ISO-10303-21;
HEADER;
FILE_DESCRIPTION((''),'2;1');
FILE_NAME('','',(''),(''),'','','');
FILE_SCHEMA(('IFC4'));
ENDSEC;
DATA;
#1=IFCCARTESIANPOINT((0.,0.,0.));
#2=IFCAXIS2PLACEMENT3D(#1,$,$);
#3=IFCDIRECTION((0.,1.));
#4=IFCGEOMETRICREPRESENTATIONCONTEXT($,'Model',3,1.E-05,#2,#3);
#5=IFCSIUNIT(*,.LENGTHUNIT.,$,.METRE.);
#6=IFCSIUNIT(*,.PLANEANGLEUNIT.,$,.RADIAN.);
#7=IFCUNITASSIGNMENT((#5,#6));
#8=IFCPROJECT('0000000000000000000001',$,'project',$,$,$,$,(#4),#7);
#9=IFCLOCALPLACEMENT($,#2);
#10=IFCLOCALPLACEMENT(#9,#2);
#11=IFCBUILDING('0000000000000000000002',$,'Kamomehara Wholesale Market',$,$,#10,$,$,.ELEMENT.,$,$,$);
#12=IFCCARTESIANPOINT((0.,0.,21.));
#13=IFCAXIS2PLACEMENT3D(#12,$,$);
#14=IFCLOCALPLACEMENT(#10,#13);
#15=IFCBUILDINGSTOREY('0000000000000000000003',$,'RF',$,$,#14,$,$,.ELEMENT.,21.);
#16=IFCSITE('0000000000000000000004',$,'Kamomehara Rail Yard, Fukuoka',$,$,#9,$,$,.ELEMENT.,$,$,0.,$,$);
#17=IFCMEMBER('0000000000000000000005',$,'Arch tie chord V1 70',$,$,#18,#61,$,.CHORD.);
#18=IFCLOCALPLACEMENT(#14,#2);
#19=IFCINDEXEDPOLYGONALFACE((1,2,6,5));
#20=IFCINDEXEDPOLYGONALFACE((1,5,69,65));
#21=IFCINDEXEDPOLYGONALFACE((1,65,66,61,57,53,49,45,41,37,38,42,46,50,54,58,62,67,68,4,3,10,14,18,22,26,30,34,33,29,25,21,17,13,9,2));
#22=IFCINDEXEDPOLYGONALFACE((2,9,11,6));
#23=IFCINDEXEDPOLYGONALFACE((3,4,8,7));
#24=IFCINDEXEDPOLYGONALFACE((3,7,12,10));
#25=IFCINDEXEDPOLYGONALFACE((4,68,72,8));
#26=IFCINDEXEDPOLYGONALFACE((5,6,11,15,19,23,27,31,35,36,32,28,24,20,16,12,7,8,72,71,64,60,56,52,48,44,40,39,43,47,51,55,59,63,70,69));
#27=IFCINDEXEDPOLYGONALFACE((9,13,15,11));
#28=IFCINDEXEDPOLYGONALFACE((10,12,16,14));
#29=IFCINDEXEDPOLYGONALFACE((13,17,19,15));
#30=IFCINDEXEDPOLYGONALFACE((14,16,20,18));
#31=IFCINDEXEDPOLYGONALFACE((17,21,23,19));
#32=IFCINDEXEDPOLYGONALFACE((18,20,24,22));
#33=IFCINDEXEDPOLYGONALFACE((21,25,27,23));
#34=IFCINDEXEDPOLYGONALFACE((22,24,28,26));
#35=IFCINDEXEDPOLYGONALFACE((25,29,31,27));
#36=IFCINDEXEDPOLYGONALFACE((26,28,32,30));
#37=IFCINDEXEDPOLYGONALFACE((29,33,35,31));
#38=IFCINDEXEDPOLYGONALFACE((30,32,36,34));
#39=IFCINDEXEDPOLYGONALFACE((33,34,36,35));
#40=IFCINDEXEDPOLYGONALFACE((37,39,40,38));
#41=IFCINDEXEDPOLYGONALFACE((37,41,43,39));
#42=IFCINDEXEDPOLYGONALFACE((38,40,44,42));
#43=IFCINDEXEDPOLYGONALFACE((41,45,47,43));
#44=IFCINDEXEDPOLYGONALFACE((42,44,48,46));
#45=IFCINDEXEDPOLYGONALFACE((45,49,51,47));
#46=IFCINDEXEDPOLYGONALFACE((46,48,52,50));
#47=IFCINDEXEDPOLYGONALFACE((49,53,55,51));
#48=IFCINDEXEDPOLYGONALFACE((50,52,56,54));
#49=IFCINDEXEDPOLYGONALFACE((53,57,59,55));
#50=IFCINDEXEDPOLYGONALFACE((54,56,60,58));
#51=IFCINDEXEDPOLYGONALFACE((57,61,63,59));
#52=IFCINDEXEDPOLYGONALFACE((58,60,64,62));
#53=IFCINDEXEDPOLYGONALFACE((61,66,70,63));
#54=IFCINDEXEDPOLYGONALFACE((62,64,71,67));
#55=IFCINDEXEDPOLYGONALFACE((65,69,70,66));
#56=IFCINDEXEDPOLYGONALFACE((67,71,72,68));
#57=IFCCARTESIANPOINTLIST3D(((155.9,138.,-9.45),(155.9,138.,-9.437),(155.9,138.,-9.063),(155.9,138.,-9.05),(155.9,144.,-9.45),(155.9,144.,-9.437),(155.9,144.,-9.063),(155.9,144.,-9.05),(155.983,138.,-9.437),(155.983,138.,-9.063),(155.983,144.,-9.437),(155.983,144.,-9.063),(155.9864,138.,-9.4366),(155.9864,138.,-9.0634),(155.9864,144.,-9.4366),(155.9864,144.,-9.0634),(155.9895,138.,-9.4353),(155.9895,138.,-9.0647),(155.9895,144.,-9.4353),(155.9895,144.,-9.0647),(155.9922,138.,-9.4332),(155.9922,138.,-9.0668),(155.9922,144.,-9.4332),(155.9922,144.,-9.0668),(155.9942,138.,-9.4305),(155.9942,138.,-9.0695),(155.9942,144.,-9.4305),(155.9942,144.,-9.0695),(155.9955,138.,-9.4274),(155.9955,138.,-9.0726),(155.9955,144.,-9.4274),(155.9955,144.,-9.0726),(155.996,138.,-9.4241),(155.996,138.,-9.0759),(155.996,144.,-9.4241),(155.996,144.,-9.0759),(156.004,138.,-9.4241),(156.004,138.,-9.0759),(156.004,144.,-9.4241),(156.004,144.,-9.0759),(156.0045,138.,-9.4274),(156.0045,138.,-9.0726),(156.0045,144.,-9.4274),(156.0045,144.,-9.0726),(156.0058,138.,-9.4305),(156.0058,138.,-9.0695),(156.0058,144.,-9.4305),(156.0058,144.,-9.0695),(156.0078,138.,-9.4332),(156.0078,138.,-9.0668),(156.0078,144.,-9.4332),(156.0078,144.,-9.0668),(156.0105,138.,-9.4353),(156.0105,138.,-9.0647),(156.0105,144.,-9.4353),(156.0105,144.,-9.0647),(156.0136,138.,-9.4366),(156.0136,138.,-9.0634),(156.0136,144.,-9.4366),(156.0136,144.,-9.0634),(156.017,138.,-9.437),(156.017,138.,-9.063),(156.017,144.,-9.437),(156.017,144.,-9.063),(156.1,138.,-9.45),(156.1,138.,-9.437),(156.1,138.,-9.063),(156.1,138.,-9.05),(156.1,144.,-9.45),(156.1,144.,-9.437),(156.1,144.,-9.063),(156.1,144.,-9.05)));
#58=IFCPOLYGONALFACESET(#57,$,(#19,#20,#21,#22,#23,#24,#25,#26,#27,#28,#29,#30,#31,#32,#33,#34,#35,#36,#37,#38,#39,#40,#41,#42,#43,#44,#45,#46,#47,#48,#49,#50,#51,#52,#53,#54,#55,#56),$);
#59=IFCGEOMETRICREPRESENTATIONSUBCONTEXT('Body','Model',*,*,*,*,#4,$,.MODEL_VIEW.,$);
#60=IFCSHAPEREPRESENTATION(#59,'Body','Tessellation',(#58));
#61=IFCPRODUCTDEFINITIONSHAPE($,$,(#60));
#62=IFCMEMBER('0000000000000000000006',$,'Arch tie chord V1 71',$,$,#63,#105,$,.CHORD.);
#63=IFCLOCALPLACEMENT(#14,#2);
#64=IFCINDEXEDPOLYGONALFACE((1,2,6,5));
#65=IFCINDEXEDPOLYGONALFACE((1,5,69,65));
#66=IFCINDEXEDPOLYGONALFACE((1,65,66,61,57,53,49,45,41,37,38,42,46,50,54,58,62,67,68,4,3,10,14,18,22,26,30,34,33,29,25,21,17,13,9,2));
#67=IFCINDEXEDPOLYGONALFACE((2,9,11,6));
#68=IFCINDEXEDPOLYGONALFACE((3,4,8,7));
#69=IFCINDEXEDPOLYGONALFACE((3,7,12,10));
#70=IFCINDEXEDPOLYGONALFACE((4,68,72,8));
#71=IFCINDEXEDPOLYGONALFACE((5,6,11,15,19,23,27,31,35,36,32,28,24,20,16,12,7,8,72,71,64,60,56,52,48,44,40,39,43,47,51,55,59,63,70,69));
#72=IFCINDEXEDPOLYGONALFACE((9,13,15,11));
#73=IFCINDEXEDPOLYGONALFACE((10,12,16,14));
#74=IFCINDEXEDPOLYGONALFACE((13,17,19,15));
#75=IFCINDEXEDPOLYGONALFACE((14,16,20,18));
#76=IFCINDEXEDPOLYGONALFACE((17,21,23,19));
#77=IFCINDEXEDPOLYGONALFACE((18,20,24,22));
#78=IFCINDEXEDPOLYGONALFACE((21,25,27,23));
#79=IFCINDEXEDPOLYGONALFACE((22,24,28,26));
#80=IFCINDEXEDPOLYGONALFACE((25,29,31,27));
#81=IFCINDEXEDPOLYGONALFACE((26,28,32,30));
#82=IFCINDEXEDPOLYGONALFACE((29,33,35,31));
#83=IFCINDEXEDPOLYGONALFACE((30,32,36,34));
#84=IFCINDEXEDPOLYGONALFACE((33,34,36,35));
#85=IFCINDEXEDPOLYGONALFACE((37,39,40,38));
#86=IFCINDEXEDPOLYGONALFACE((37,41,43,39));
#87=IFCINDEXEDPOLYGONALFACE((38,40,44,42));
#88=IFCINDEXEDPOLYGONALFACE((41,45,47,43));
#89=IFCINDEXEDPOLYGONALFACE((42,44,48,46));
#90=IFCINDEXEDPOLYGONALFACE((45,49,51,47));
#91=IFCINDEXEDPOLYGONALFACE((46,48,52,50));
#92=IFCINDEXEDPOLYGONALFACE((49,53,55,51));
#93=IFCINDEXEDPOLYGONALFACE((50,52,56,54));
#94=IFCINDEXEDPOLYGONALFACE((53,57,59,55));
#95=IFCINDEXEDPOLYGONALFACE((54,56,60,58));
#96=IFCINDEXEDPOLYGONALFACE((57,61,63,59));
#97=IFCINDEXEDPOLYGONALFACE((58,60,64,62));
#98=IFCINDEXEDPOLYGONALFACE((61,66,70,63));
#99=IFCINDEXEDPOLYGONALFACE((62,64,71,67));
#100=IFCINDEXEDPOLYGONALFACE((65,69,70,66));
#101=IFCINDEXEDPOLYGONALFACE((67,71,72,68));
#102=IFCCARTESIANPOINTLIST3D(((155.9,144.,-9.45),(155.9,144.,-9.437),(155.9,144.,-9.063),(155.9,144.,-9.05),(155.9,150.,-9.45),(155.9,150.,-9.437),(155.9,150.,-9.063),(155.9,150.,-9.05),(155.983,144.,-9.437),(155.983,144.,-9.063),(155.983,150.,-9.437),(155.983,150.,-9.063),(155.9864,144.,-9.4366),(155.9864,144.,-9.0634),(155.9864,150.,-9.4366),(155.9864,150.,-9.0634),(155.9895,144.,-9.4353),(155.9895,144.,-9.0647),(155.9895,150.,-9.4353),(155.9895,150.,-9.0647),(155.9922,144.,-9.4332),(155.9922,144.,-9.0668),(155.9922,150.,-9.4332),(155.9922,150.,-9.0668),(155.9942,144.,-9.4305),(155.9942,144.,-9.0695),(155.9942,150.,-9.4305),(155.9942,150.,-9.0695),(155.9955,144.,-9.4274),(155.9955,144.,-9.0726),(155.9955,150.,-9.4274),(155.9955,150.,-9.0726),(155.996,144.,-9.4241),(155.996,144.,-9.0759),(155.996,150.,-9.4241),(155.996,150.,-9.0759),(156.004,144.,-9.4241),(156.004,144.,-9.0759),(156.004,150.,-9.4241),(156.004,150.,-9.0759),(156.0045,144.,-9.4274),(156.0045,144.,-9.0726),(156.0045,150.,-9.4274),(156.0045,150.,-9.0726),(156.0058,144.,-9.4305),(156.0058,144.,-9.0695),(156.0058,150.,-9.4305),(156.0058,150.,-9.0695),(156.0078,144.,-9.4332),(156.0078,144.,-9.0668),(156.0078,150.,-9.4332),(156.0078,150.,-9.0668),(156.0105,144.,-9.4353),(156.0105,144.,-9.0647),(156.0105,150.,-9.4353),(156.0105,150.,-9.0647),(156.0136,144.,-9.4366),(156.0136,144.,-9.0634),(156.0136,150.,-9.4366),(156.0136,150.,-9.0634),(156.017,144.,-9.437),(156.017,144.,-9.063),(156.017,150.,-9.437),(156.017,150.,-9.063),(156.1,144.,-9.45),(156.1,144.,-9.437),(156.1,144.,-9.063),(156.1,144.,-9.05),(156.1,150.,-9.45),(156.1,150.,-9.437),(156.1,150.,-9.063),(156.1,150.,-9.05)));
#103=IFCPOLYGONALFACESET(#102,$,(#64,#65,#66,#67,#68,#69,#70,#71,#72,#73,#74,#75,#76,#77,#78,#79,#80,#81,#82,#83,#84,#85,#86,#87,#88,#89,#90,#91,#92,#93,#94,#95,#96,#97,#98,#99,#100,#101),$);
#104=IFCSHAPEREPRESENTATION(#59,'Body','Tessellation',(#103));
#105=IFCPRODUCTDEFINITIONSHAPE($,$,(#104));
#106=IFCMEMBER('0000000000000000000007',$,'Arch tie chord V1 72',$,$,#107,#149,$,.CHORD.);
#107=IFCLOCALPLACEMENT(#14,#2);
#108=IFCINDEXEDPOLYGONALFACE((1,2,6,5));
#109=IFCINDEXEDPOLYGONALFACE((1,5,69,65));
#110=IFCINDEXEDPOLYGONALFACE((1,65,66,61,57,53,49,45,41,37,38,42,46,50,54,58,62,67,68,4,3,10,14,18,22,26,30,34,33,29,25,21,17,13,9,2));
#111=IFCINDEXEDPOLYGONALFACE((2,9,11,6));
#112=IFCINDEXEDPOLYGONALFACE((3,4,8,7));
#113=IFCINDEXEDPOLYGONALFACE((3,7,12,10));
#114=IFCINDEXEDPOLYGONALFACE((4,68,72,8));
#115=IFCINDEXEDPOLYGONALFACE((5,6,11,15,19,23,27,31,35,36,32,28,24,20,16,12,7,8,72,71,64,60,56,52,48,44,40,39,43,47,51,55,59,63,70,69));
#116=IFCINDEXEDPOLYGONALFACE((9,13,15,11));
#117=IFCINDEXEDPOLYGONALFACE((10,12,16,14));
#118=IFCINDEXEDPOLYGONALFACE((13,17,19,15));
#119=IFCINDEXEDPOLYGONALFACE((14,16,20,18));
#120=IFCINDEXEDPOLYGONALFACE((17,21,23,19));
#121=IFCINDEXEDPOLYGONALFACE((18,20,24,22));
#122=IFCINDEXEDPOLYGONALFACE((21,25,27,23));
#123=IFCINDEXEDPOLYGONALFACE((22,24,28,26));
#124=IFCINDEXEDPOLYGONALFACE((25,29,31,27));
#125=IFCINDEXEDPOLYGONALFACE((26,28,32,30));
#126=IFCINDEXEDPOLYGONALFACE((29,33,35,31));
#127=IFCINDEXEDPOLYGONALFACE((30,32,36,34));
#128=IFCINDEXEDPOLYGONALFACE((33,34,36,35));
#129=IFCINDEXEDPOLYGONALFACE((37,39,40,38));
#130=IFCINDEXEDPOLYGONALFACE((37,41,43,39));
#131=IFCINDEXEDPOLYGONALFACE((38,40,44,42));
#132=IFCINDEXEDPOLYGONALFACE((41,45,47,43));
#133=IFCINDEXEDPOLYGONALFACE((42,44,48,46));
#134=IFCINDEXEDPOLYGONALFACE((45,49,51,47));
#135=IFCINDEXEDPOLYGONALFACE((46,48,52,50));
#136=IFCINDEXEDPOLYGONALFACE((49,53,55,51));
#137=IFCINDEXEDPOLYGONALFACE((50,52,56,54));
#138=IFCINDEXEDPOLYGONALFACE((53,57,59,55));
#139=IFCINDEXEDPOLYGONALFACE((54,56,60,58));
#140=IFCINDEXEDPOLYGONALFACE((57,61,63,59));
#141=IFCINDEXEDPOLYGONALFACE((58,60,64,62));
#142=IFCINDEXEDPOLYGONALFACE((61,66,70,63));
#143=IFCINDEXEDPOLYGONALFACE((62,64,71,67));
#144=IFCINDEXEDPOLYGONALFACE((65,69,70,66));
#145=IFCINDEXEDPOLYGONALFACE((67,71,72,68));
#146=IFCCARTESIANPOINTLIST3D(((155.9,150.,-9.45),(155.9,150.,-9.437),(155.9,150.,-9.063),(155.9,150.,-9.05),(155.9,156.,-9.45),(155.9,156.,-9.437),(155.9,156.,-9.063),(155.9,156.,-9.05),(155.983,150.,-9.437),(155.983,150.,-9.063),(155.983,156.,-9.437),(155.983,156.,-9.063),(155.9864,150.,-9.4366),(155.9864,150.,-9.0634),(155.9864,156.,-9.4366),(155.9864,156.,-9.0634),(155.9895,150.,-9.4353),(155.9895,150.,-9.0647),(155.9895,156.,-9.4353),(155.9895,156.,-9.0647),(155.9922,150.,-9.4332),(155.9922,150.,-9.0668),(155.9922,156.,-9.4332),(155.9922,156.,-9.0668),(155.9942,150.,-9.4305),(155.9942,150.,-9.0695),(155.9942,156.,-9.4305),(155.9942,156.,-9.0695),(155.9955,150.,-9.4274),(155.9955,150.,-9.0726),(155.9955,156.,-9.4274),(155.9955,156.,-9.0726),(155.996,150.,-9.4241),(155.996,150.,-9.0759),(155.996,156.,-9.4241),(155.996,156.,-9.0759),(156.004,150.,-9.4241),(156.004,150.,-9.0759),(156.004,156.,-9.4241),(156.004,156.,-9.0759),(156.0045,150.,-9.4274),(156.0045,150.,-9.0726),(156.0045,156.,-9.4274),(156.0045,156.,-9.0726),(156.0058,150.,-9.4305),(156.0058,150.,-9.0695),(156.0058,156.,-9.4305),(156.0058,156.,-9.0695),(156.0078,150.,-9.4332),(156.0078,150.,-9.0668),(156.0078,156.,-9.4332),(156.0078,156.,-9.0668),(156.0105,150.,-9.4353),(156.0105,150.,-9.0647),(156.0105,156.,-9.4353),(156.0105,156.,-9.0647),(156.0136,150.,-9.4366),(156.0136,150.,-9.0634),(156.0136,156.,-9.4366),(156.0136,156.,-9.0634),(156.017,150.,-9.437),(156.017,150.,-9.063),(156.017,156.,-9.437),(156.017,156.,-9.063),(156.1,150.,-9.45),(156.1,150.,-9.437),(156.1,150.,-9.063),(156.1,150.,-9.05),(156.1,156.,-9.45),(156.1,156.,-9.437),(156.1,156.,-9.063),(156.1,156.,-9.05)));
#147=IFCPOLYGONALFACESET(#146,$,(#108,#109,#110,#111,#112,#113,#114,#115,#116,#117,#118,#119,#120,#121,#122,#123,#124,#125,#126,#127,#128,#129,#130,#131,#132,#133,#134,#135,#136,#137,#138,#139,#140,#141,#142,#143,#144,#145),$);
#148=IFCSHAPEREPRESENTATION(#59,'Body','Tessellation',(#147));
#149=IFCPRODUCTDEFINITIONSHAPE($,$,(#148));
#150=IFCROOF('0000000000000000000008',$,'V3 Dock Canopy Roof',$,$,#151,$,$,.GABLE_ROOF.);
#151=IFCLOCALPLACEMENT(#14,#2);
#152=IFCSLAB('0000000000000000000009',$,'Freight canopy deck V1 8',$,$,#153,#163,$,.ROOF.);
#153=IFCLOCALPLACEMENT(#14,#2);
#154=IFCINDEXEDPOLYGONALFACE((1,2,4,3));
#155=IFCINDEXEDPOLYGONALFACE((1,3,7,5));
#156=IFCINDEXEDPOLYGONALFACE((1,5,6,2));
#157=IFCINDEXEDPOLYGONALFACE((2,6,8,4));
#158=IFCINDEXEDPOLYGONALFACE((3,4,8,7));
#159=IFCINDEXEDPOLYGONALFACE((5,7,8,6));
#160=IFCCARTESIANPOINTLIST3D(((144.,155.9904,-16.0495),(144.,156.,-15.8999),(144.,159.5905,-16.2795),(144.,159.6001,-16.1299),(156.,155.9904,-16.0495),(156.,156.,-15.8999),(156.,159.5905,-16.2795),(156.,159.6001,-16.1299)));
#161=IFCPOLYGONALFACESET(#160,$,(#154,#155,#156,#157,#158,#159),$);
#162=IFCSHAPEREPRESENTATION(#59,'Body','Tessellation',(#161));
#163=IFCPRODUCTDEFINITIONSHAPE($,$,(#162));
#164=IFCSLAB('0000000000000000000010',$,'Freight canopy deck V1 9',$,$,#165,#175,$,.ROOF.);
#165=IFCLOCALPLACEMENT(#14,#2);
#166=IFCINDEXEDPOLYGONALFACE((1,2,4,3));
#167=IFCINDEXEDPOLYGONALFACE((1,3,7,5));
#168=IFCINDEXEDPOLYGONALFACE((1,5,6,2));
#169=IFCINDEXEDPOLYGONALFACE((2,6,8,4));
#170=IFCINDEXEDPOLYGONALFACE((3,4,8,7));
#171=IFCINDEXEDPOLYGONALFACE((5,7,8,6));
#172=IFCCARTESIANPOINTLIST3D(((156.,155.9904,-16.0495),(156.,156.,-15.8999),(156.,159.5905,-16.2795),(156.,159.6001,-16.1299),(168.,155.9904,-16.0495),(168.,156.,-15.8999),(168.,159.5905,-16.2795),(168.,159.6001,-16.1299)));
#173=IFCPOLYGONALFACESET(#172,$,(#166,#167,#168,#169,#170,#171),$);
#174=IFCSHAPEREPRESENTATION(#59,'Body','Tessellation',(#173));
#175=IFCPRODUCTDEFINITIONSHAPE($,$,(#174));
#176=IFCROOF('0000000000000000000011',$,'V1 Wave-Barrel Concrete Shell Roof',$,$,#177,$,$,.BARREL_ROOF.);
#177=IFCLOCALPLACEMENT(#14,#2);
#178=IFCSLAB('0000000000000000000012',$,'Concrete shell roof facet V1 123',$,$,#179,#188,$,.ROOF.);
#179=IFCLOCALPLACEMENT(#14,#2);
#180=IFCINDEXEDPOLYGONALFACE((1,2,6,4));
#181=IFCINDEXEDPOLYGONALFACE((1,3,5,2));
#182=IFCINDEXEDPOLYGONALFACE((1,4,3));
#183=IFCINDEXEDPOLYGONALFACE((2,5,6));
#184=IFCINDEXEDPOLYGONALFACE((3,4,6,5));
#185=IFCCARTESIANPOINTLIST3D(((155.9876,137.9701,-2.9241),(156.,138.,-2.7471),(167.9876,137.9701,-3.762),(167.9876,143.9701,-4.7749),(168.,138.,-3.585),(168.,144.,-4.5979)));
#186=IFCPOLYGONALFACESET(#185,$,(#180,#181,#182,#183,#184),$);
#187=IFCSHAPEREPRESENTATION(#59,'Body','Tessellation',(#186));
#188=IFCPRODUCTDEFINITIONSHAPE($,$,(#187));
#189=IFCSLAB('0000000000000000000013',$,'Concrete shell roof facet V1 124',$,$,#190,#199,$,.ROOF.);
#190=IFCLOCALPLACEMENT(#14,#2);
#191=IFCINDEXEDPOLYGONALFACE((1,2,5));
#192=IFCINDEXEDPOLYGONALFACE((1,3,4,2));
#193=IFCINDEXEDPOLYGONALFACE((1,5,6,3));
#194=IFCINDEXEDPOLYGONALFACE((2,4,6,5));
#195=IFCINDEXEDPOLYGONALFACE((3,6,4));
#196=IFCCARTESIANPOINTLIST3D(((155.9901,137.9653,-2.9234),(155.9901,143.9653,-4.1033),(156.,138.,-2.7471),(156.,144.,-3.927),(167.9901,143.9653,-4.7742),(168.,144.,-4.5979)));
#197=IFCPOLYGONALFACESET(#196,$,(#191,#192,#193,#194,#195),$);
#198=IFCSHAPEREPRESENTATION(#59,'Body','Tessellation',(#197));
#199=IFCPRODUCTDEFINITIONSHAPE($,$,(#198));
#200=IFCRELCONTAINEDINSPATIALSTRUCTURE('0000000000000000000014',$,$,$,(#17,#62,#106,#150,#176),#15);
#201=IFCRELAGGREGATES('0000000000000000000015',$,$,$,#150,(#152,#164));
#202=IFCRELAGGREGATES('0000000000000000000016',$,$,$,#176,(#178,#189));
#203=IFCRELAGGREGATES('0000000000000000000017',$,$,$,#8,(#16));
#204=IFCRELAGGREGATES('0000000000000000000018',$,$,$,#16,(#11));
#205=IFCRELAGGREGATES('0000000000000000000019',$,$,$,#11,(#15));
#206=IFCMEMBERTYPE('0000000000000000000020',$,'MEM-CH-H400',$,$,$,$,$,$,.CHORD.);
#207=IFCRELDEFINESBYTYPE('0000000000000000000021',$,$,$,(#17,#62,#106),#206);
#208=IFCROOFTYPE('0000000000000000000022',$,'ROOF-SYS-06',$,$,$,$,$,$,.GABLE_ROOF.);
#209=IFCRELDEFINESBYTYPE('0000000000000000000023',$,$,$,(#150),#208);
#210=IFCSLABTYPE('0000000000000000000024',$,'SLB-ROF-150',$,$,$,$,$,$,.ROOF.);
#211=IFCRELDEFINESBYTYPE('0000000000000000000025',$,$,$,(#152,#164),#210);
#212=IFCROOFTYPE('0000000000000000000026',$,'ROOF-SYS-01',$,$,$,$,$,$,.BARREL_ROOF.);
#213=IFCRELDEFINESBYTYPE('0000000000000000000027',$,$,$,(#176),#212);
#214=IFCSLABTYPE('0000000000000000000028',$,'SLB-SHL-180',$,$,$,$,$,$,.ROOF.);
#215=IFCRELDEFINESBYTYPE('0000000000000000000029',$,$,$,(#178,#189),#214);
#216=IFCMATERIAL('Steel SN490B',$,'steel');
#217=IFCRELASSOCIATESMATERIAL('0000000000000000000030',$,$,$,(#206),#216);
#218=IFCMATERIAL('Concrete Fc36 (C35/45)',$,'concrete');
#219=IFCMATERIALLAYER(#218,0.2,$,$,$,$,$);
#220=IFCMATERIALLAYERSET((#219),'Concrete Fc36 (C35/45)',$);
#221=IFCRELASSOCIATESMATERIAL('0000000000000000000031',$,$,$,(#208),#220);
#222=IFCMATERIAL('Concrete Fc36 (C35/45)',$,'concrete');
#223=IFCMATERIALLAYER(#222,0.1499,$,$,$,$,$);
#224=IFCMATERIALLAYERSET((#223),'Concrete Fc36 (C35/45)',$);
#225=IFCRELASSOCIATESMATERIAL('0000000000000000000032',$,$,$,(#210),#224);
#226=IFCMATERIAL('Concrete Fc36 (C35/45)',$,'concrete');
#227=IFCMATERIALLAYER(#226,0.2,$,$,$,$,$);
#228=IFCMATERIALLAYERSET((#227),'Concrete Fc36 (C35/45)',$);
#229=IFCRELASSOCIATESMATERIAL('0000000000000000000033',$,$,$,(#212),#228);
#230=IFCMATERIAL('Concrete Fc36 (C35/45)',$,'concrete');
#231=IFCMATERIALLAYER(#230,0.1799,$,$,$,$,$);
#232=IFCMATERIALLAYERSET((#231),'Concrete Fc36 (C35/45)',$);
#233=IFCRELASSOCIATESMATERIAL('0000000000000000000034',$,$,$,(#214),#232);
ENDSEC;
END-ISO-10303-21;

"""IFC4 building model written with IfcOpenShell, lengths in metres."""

from ifc_helpers import new_model, si_unit, direction, frame, origin, origin_2d, place, context, subcontext, project, spatial, polyline, i_section, outline, extrude, material, layer, layer_set, material_profile, profile_set, type_object, element, aggregate, save


model = new_model("IFC4")

# Units and contexts
model_context = context("Model", 3, precision=1e-05, world=origin(), true_north=direction((0.0, 1.0)))
body_context = subcontext(model_context, "Body", "Model", "MODEL_VIEW")
ifc_project = project(units=[si_unit("LENGTHUNIT", "METRE"), si_unit("PLANEANGLEUNIT", "RADIAN")], contexts=[model_context])

# Site, building, storey
site_placement = place(None, origin())
site = spatial("IfcSite", under=ifc_project, at=site_placement, Name="Kamomehara Rail Yard, Fukuoka", CompositionType="ELEMENT", RefElevation=0.0)
building_placement = place(site_placement, origin())
building = spatial("IfcBuilding", under=site, at=building_placement, Name="Kamomehara Wholesale Market", CompositionType="ELEMENT")
storey_placement = place(building_placement, frame((0.0, 0.0, 21.0)))
storey = spatial("IfcBuildingStorey", under=building, at=storey_placement, Name="RF", CompositionType="ELEMENT", Elevation=21.0)

# Members
ifc_material_1 = material(Name="Steel SN490B", Category="steel")
ifc_material_profile_1 = material_profile(ifc_material_1, i_section(OverallWidth=0.2, OverallDepth=0.3999, WebThickness=0.0081, FlangeThickness=0.0129, FilletRadius=0.0129, at=origin_2d()), Name="H-400x200x8x13")
ifc_profile_set_1 = profile_set([ifc_material_profile_1], Name="Steel SN490B")
member_type_1 = type_object("IfcMemberType", Name="MEM-CH-H400", PredefinedType="CHORD", material=ifc_profile_set_1)
for number, where, z_axis, x_axis, name in (
    (1, (156.0, 138.0, -9.25), (0.0, 1.0, 0.0), (-1.0, 0.0, 0.0), "Arch tie chord V1 70"),
    (2, (156.0, 144.0, -9.25), (0.0, 1.0, 0.0), (-1.0, 0.0, 0.0), "Arch tie chord V1 71"),
    (3, (156.0, 150.0, -9.25), (0.0, 1.0, 0.0), (-1.0, 0.0, 0.0), "Arch tie chord V1 72"),
):
    element("IfcMember", number, at=place(storey_placement, frame(where, z_axis=z_axis, x_axis=x_axis)), inside=storey, type_object=member_type_1, Name=name, PredefinedType="CHORD", context=body_context, shape_type="SweptSolid", body=[
        extrude(i_section(OverallWidth=0.2, OverallDepth=0.3999, WebThickness=0.0081, FlangeThickness=0.0129, FilletRadius=0.0129, at=origin_2d()), origin(), (0.0, 0.0, 1.0), 6.0),
    ])

# Roofs, slabs
ifc_material_2 = material(Name="Concrete Fc36 (C35/45)", Category="concrete")
ifc_layer_1 = layer(ifc_material_2, 0.2)
ifc_layer_set_1 = layer_set([ifc_layer_1], Name="Concrete Fc36 (C35/45)")
roof_type_1 = type_object("IfcRoofType", Name="ROOF-SYS-06", PredefinedType="GABLE_ROOF", material=ifc_layer_set_1)
roof_1_placement = place(storey_placement, origin())
roof_1 = element("IfcRoof", 4, at=roof_1_placement, inside=storey, type_object=roof_type_1, Name="V3 Dock Canopy Roof", PredefinedType="GABLE_ROOF")
ifc_material_3 = material(Name="Concrete Fc36 (C35/45)", Category="concrete")
ifc_layer_2 = layer(ifc_material_3, 0.1499)
ifc_layer_set_2 = layer_set([ifc_layer_2], Name="Concrete Fc36 (C35/45)")
slab_type_1 = type_object("IfcSlabType", Name="SLB-ROF-150", PredefinedType="ROOF", material=ifc_layer_set_2)
slab_1_placement = place(storey_placement, frame((144.0, 156.0, -15.8999), z_axis=(0.0, 0.063752, 0.997966), x_axis=(1.0, 0.0, 0.0)))
slab_1 = element("IfcSlab", 5, at=slab_1_placement, type_object=slab_type_1, Name="Freight canopy deck V1 8", PredefinedType="ROOF", context=body_context, shape_type="SweptSolid", body=[
    extrude(outline(polyline([(0.0, 0.0), (12.0, 0.0), (12.0, 3.6074), (0.0, 3.6074), (0.0, 0.0)])), origin(), (0.0, 0.0, -1.0), 0.1499),
])
slab_2_placement = place(storey_placement, frame((156.0, 156.0, -15.8999), z_axis=(0.0, 0.063752, 0.997966), x_axis=(1.0, 0.0, 0.0)))
slab_2 = element("IfcSlab", 6, at=slab_2_placement, type_object=slab_type_1, Name="Freight canopy deck V1 9", PredefinedType="ROOF", context=body_context, shape_type="SweptSolid", body=[
    extrude(outline(polyline([(0.0, 0.0), (12.0, 0.0), (12.0, 3.6074), (0.0, 3.6074), (0.0, 0.0)])), origin(), (0.0, 0.0, -1.0), 0.1499),
])
aggregate(roof_1, [slab_1, slab_2])
ifc_material_4 = material(Name="Concrete Fc36 (C35/45)", Category="concrete")
ifc_layer_3 = layer(ifc_material_4, 0.2)
ifc_layer_set_3 = layer_set([ifc_layer_3], Name="Concrete Fc36 (C35/45)")
roof_type_2 = type_object("IfcRoofType", Name="ROOF-SYS-01", PredefinedType="BARREL_ROOF", material=ifc_layer_set_3)
roof_2_placement = place(storey_placement, origin())
roof_2 = element("IfcRoof", 7, at=roof_2_placement, inside=storey, type_object=roof_type_2, Name="V1 Wave-Barrel Concrete Shell Roof", PredefinedType="BARREL_ROOF")
ifc_material_5 = material(Name="Concrete Fc36 (C35/45)", Category="concrete")
ifc_layer_4 = layer(ifc_material_5, 0.1799)
ifc_layer_set_4 = layer_set([ifc_layer_4], Name="Concrete Fc36 (C35/45)")
slab_type_2 = type_object("IfcSlabType", Name="SLB-SHL-180", PredefinedType="ROOF", material=ifc_layer_set_4)
slab_3_placement = place(storey_placement, frame((156.0, 138.0, -2.7471), z_axis=(0.068687, 0.166074, 0.983718), x_axis=(0.997571, 0.0, -0.069655)))
slab_3 = element("IfcSlab", 8, at=slab_3_placement, type_object=slab_type_2, Name="Concrete shell roof facet V1 123", PredefinedType="ROOF", context=body_context, shape_type="SweptSolid", body=[
    extrude(outline(polyline([(0.0, 0.0), (12.0292, 0.0), (12.0998, 6.0845), (0.0, 0.0)])), origin(), (0.0, 0.0, -1.0), 0.1799),
])
slab_4_placement = place(storey_placement, frame((156.0, 138.0, -2.7471), z_axis=(0.054775, 0.19267, 0.979734), x_axis=(0.886036, 0.443018, -0.136658)))
slab_4 = element("IfcSlab", 9, at=slab_4_placement, type_object=slab_type_2, Name="Concrete shell roof facet V1 124", PredefinedType="ROOF", context=body_context, shape_type="SweptSolid", body=[
    extrude(outline(polyline([(0.0, 0.0), (13.5435, 0.0), (2.8194, 5.4262), (0.0, 0.0)])), origin(), (0.0, 0.0, -1.0), 0.1799),
])
aggregate(roof_2, [slab_3, slab_4])

save(model, "model.ifc")
